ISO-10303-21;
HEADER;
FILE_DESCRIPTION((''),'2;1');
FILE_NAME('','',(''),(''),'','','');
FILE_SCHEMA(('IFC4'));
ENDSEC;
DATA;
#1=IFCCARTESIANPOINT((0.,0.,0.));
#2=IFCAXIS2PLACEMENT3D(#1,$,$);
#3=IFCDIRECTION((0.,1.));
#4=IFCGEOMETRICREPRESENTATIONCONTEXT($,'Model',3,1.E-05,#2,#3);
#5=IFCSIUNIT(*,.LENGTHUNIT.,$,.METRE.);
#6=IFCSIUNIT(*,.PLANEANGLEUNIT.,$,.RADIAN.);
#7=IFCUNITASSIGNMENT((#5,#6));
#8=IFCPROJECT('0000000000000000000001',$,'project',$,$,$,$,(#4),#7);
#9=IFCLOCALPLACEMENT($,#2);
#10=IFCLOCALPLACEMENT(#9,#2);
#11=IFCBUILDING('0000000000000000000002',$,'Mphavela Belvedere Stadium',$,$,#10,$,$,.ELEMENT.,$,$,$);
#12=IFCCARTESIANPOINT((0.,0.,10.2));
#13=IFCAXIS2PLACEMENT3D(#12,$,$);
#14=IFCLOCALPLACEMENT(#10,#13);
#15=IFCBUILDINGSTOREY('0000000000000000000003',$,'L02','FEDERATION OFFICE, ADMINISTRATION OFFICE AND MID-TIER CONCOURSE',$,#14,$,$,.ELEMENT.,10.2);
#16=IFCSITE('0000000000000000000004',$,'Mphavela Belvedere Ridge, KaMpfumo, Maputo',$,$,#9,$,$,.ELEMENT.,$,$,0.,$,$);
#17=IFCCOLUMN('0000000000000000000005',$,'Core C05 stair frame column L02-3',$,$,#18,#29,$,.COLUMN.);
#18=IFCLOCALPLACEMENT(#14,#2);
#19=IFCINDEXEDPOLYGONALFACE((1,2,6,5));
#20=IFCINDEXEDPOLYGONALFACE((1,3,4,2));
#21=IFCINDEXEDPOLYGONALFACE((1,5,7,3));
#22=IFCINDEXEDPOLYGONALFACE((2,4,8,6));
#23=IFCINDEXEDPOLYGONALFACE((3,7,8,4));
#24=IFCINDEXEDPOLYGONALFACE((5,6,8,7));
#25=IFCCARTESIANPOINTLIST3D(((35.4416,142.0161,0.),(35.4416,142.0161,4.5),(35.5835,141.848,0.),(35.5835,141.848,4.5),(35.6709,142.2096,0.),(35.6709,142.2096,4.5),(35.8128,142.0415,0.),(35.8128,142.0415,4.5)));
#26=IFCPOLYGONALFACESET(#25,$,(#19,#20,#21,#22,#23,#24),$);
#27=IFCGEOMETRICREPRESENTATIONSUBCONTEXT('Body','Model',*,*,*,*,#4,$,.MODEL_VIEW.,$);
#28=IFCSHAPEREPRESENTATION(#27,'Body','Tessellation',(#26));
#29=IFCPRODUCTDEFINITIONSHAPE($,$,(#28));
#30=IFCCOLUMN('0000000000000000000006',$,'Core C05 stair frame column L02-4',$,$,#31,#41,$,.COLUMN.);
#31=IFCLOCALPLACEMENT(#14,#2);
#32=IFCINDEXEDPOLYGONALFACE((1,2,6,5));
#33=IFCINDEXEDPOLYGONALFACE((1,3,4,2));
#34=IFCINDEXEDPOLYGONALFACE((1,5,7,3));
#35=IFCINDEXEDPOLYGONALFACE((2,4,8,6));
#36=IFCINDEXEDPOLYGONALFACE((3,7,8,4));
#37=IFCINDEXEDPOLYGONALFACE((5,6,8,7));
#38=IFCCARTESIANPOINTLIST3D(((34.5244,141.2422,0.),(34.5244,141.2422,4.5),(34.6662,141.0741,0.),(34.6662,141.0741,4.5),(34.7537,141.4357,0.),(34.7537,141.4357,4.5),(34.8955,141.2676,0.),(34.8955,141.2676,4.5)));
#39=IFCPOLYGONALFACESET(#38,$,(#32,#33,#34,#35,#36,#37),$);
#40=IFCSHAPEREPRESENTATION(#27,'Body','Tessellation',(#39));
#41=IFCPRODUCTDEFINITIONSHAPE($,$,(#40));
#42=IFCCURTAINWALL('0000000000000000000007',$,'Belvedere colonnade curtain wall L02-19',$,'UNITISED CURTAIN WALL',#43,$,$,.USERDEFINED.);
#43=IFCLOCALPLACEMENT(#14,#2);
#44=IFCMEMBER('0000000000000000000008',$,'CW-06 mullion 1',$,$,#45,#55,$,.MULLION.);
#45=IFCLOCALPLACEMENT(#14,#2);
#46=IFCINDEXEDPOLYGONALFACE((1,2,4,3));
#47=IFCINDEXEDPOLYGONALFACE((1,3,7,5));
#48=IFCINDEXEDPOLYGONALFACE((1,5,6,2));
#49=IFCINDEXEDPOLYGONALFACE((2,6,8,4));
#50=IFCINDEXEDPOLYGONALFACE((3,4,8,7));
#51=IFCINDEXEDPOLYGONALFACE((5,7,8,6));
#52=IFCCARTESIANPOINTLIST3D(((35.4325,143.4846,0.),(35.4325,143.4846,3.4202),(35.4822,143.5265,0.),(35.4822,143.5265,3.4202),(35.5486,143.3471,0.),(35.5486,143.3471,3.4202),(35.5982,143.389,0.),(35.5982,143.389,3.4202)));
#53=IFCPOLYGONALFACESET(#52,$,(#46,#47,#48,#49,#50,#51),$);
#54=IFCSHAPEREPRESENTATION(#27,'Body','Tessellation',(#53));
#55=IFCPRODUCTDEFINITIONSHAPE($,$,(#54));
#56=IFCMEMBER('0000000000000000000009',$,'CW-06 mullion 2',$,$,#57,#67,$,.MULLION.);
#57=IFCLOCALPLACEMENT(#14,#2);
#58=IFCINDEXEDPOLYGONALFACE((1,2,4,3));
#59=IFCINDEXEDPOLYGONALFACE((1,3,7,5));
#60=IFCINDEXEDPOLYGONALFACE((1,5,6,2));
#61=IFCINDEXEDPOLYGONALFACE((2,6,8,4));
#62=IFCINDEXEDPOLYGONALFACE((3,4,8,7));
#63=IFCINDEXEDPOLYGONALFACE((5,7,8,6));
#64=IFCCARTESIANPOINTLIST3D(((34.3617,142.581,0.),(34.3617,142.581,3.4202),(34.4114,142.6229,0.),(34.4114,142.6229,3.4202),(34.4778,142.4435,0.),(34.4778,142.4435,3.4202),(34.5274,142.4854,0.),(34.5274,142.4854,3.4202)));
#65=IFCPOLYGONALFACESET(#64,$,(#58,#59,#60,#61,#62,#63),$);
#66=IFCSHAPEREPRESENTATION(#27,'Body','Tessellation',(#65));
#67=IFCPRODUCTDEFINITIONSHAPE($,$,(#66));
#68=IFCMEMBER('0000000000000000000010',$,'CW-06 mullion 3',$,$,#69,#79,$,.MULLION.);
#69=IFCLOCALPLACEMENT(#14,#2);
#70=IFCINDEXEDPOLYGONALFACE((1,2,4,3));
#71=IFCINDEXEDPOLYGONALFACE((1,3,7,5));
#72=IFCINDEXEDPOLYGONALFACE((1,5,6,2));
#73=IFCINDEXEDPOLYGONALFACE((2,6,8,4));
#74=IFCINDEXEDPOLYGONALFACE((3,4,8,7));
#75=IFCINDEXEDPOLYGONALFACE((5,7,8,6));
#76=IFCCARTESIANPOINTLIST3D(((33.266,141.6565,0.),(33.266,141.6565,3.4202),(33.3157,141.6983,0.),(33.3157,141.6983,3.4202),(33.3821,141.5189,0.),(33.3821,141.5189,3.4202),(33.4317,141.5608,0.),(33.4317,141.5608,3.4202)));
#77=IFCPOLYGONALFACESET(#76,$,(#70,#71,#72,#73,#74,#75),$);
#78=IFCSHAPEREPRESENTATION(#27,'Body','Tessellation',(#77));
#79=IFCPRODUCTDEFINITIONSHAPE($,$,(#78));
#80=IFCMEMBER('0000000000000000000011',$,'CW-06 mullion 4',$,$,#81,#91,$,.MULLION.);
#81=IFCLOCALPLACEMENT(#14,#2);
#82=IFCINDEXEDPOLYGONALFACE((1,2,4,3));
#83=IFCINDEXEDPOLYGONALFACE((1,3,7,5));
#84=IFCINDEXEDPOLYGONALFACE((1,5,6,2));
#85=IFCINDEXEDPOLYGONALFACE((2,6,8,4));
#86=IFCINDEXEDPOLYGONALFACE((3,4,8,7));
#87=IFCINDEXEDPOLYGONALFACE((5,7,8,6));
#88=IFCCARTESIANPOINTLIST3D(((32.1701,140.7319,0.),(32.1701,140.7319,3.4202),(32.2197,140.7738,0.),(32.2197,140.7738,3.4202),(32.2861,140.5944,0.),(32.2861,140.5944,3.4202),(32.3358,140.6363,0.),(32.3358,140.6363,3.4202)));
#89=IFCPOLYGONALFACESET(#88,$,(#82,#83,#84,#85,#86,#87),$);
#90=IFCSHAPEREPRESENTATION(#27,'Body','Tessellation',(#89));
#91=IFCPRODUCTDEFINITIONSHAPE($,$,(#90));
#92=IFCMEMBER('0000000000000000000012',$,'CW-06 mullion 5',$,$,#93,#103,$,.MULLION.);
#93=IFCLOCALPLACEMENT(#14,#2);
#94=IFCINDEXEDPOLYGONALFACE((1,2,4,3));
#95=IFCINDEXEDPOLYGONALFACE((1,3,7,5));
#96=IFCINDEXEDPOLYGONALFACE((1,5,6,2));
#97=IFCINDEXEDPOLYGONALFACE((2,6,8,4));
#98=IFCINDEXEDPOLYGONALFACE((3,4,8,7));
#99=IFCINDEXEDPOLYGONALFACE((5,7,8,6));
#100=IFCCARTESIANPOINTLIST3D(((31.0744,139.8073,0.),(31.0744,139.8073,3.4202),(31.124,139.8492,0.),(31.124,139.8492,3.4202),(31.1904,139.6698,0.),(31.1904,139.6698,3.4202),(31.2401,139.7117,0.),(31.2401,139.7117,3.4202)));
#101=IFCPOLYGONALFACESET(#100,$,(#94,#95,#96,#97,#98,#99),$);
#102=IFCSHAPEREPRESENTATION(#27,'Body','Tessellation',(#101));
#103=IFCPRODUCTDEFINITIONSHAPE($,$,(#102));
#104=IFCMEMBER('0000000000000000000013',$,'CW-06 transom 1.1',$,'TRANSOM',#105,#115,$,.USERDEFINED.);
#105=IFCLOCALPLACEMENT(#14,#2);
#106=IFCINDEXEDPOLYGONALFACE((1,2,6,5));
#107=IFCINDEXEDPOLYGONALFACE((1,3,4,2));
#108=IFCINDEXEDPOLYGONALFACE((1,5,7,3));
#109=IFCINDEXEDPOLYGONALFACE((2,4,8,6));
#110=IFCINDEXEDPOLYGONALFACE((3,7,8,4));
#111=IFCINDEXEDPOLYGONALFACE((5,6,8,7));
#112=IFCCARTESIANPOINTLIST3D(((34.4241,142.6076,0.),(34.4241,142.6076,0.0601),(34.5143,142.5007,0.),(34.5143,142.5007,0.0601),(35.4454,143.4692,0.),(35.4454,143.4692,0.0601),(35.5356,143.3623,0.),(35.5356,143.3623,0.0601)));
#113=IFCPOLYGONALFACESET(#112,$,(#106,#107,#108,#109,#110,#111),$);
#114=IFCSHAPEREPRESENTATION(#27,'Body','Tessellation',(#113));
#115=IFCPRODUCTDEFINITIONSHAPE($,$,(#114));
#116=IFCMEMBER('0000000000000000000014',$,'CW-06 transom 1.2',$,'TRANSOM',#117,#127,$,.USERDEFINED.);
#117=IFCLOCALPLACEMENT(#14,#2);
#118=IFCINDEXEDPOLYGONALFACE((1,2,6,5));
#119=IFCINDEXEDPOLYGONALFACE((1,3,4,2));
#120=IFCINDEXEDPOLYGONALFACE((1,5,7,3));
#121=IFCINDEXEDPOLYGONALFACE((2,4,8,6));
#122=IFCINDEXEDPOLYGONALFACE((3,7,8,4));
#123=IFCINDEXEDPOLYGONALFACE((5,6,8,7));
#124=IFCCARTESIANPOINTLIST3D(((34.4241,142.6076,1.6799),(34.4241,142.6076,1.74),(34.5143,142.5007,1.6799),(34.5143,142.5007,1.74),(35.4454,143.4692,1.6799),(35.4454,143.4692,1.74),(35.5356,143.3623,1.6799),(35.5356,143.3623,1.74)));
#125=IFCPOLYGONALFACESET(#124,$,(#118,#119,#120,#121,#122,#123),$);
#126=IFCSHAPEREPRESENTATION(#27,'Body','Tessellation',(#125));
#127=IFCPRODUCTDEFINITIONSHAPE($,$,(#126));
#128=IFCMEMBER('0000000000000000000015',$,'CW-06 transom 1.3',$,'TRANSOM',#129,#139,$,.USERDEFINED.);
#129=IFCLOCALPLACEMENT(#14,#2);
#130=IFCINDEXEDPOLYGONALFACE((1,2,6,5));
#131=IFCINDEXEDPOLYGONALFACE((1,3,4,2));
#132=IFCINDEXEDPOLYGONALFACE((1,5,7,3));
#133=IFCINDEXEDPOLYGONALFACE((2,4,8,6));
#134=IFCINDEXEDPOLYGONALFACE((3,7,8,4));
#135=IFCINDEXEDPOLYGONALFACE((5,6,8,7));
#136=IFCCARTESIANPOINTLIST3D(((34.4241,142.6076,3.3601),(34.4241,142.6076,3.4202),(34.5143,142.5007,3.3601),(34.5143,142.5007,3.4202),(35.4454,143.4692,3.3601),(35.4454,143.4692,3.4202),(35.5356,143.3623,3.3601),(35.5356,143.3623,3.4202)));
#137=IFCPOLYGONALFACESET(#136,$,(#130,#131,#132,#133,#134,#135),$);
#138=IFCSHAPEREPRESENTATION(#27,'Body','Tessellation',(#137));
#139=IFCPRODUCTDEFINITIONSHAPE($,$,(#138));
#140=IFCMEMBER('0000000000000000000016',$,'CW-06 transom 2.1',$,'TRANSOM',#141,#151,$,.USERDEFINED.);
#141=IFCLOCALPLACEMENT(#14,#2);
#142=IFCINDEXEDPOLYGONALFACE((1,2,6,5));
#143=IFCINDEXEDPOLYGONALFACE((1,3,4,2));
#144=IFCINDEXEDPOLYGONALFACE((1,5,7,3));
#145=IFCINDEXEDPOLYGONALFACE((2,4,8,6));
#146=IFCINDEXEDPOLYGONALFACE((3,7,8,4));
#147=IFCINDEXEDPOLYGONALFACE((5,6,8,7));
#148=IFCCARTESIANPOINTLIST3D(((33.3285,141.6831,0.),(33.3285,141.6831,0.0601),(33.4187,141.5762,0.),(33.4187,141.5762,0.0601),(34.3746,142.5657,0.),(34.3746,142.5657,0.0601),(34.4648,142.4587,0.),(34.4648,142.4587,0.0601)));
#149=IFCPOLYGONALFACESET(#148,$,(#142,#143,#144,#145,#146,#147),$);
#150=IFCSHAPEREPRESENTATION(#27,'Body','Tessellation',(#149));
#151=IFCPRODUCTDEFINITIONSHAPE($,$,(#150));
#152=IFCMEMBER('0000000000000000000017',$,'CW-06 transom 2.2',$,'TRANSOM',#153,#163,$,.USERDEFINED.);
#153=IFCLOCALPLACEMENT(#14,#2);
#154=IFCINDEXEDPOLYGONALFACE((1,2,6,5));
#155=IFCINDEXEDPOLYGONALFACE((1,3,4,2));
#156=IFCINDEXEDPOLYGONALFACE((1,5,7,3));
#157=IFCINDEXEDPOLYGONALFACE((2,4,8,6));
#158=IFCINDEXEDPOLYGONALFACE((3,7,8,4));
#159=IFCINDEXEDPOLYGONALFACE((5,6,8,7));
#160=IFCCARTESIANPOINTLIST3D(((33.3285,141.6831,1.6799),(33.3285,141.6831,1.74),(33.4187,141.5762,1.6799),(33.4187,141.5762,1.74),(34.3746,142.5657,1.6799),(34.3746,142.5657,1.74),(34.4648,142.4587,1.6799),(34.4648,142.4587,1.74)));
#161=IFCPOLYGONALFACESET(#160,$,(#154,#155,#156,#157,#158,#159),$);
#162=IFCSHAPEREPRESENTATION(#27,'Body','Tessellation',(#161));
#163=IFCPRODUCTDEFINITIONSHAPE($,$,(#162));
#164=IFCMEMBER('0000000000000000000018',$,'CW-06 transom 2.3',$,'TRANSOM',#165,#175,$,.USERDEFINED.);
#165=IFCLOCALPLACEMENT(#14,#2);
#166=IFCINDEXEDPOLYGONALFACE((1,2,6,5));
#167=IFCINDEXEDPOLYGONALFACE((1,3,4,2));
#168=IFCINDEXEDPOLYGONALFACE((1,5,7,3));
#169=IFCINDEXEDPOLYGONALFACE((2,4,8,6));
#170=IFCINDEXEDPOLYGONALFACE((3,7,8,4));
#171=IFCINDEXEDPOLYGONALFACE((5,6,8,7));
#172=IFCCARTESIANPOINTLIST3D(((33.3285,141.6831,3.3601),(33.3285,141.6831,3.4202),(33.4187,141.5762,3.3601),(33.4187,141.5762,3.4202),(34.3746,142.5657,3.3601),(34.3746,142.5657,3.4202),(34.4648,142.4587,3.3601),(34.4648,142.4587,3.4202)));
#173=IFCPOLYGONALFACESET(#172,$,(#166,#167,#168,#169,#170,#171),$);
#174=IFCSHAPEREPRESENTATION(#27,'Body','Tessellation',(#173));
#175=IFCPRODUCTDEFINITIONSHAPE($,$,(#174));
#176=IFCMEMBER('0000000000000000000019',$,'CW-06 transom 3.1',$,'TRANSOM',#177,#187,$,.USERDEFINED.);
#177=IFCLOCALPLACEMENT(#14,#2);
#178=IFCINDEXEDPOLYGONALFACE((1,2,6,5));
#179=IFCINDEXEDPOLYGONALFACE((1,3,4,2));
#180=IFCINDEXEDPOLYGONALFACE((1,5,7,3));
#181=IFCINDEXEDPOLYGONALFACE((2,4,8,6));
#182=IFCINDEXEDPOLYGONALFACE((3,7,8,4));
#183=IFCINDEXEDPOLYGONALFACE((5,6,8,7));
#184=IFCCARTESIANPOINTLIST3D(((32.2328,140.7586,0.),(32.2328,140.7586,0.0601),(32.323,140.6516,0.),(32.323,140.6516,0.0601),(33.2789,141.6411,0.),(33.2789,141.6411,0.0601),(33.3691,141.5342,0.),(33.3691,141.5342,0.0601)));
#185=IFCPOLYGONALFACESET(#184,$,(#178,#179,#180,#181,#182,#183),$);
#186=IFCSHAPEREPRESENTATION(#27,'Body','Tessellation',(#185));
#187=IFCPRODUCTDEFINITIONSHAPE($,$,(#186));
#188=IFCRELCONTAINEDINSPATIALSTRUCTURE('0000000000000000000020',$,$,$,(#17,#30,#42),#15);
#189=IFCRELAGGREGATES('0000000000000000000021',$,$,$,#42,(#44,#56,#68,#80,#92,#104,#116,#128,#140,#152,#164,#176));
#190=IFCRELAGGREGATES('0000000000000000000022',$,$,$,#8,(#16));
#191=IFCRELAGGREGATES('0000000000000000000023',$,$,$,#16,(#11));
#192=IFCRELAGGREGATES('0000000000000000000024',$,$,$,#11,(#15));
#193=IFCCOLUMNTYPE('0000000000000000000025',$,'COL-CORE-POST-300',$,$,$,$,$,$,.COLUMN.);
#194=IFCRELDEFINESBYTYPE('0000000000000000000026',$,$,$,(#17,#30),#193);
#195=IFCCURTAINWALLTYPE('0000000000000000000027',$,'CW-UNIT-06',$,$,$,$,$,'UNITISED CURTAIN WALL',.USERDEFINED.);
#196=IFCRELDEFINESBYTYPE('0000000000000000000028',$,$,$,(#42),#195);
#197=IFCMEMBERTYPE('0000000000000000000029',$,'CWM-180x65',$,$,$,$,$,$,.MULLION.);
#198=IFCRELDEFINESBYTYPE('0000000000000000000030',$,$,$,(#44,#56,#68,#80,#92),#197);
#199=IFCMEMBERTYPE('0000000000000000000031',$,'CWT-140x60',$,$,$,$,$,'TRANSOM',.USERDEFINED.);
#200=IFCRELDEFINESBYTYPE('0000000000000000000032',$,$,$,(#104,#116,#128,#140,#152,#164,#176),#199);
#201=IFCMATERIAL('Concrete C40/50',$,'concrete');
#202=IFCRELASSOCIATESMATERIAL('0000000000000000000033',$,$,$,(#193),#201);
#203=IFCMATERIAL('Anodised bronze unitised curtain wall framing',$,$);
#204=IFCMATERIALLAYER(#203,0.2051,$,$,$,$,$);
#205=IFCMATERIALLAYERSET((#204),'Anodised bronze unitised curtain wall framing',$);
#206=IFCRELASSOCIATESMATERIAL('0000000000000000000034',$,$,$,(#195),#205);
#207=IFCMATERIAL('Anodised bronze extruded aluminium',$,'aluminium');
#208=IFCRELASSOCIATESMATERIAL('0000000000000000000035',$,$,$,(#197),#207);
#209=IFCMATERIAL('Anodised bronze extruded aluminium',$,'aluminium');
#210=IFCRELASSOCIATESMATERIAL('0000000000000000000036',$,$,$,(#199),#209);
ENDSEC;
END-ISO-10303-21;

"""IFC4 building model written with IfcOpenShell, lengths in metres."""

from ifc_helpers import new_model, si_unit, direction, frame, origin, origin_2d, place, context, subcontext, project, spatial, rectangle, extrude, material, layer, layer_set, material_profile, profile_set, type_object, element, aggregate, save


model = new_model("IFC4")

# Units and contexts
model_context = context("Model", 3, precision=1e-05, world=origin(), true_north=direction((0.0, 1.0)))
body_context = subcontext(model_context, "Body", "Model", "MODEL_VIEW")
ifc_project = project(units=[si_unit("LENGTHUNIT", "METRE"), si_unit("PLANEANGLEUNIT", "RADIAN")], contexts=[model_context])

# Site, building, storey
site_placement = place(None, origin())
site = spatial("IfcSite", under=ifc_project, at=site_placement, Name="Mphavela Belvedere Ridge, KaMpfumo, Maputo", CompositionType="ELEMENT", RefElevation=0.0)
building_placement = place(site_placement, origin())
building = spatial("IfcBuilding", under=site, at=building_placement, Name="Mphavela Belvedere Stadium", CompositionType="ELEMENT")
storey_placement = place(building_placement, frame((0.0, 0.0, 10.2)))
storey = spatial("IfcBuildingStorey", under=building, at=storey_placement, Name="L02", Description="FEDERATION OFFICE, ADMINISTRATION OFFICE AND MID-TIER CONCOURSE", CompositionType="ELEMENT", Elevation=10.2)

# Columns
ifc_material_1 = material(Name="Concrete C40/50", Category="concrete")
ifc_material_profile_1 = material_profile(ifc_material_1, rectangle(XDim=0.3, YDim=0.22, at=origin_2d()), Name="RC 300x220")
ifc_profile_set_1 = profile_set([ifc_material_profile_1], Name="Concrete C40/50")
column_type = type_object("IfcColumnType", Name="COL-CORE-POST-300", PredefinedType="COLUMN", material=ifc_profile_set_1)
for number, where, z_axis, x_axis, name in (
    (1, (35.6272, 142.0288, 0.0), (0.0, 0.0, 1.0), (0.764246, 0.644924, 0.0), "Core C05 stair frame column L02-3"),
    (2, (34.71, 141.2549, 0.0), (0.0, 0.0, 1.0), (0.764246, 0.644924, 0.0), "Core C05 stair frame column L02-4"),
):
    element("IfcColumn", number, at=place(storey_placement, frame(where, z_axis=z_axis, x_axis=x_axis)), inside=storey, type_object=column_type, Name=name, PredefinedType="COLUMN", context=body_context, shape_type="SweptSolid", body=[
        extrude(rectangle(XDim=0.3, YDim=0.22, at=origin_2d()), origin(), (0.0, 0.0, 1.0), 4.5),
    ])

# Curtain wall, members
ifc_material_2 = material(Name="Anodised bronze unitised curtain wall framing")
ifc_layer_1 = layer(ifc_material_2, 0.2051)
ifc_layer_set_1 = layer_set([ifc_layer_1], Name="Anodised bronze unitised curtain wall framing")
curtain_wall_type = type_object("IfcCurtainWallType", Name="CW-UNIT-06", ElementType="UNITISED CURTAIN WALL", PredefinedType="USERDEFINED", material=ifc_layer_set_1)
curtain_wall_placement = place(storey_placement, origin())
curtain_wall = element("IfcCurtainWall", 3, at=curtain_wall_placement, inside=storey, type_object=curtain_wall_type, Name="Belvedere colonnade curtain wall L02-19", ObjectType="UNITISED CURTAIN WALL", PredefinedType="USERDEFINED")
ifc_material_3 = material(Name="Anodised bronze extruded aluminium", Category="aluminium")
ifc_material_profile_2 = material_profile(ifc_material_3, rectangle(XDim=0.1799, YDim=0.0649, at=origin_2d()), Name="CW-MUL 180x65")
ifc_profile_set_2 = profile_set([ifc_material_profile_2], Name="Anodised bronze extruded aluminium")
member_type_1 = type_object("IfcMemberType", Name="CWM-180x65", PredefinedType="MULLION", material=ifc_profile_set_2)
member_1_placement = place(storey_placement, frame((35.5154, 143.4368, 0.0), z_axis=(0.0, 0.0, 1.0), x_axis=(0.644907, -0.764261, 0.0)))
member_1 = element("IfcMember", 4, at=member_1_placement, type_object=member_type_1, Name="CW-06 mullion 1", PredefinedType="MULLION", context=body_context, shape_type="SweptSolid", body=[
    extrude(rectangle(XDim=0.1799, YDim=0.0649, at=origin_2d()), origin(), (0.0, 0.0, 1.0), 3.4202),
])
member_2_placement = place(storey_placement, frame((34.4446, 142.5332, 0.0), z_axis=(0.0, 0.0, 1.0), x_axis=(0.644907, -0.764261, 0.0)))
member_2 = element("IfcMember", 5, at=member_2_placement, type_object=member_type_1, Name="CW-06 mullion 2", PredefinedType="MULLION", context=body_context, shape_type="SweptSolid", body=[
    extrude(rectangle(XDim=0.1799, YDim=0.0649, at=origin_2d()), origin(), (0.0, 0.0, 1.0), 3.4202),
])
member_3_placement = place(storey_placement, frame((33.3489, 141.6086, 0.0), z_axis=(0.0, 0.0, 1.0), x_axis=(0.644907, -0.764261, 0.0)))
member_3 = element("IfcMember", 6, at=member_3_placement, type_object=member_type_1, Name="CW-06 mullion 3", PredefinedType="MULLION", context=body_context, shape_type="SweptSolid", body=[
    extrude(rectangle(XDim=0.1799, YDim=0.0649, at=origin_2d()), origin(), (0.0, 0.0, 1.0), 3.4202),
])
member_4_placement = place(storey_placement, frame((32.2529, 140.6841, 0.0), z_axis=(0.0, 0.0, 1.0), x_axis=(0.644907, -0.764261, 0.0)))
member_4 = element("IfcMember", 7, at=member_4_placement, type_object=member_type_1, Name="CW-06 mullion 4", PredefinedType="MULLION", context=body_context, shape_type="SweptSolid", body=[
    extrude(rectangle(XDim=0.1799, YDim=0.0649, at=origin_2d()), origin(), (0.0, 0.0, 1.0), 3.4202),
])
member_5_placement = place(storey_placement, frame((31.1572, 139.7595, 0.0), z_axis=(0.0, 0.0, 1.0), x_axis=(0.644907, -0.764261, 0.0)))
member_5 = element("IfcMember", 8, at=member_5_placement, type_object=member_type_1, Name="CW-06 mullion 5", PredefinedType="MULLION", context=body_context, shape_type="SweptSolid", body=[
    extrude(rectangle(XDim=0.1799, YDim=0.0649, at=origin_2d()), origin(), (0.0, 0.0, 1.0), 3.4202),
])
ifc_material_4 = material(Name="Anodised bronze extruded aluminium", Category="aluminium")
ifc_material_profile_3 = material_profile(ifc_material_4, rectangle(XDim=0.1399, YDim=0.0601, at=origin_2d()), Name="CW-TRN 140x60")
ifc_profile_set_3 = profile_set([ifc_material_profile_3], Name="Anodised bronze extruded aluminium")
member_type_2 = type_object("IfcMemberType", Name="CWT-140x60", ElementType="TRANSOM", PredefinedType="USERDEFINED", material=ifc_profile_set_3)
member_6_placement = place(storey_placement, frame((35.4905, 143.4158, 0.03), z_axis=(-0.764328, -0.644828, 0.0), x_axis=(0.644828, -0.764328, 0.0)))
member_6 = element("IfcMember", 9, at=member_6_placement, type_object=member_type_2, Name="CW-06 transom 1.1", ObjectType="TRANSOM", PredefinedType="USERDEFINED", context=body_context, shape_type="SweptSolid", body=[
    extrude(rectangle(XDim=0.1399, YDim=0.0601, at=origin_2d()), origin(), (0.0, 0.0, 1.0), 1.3362),
])
member_7_placement = place(storey_placement, frame((35.4905, 143.4158, 1.71), z_axis=(-0.764328, -0.644828, 0.0), x_axis=(0.644828, -0.764328, 0.0)))
member_7 = element("IfcMember", 10, at=member_7_placement, type_object=member_type_2, Name="CW-06 transom 1.2", ObjectType="TRANSOM", PredefinedType="USERDEFINED", context=body_context, shape_type="SweptSolid", body=[
    extrude(rectangle(XDim=0.1399, YDim=0.0601, at=origin_2d()), origin(), (0.0, 0.0, 1.0), 1.3362),
])
member_8_placement = place(storey_placement, frame((35.4905, 143.4158, 3.3901), z_axis=(-0.764328, -0.644828, 0.0), x_axis=(0.644828, -0.764328, 0.0)))
member_8 = element("IfcMember", 11, at=member_8_placement, type_object=member_type_2, Name="CW-06 transom 1.3", ObjectType="TRANSOM", PredefinedType="USERDEFINED", context=body_context, shape_type="SweptSolid", body=[
    extrude(rectangle(XDim=0.1399, YDim=0.0601, at=origin_2d()), origin(), (0.0, 0.0, 1.0), 1.3362),
])
member_9_placement = place(storey_placement, frame((34.4197, 142.5122, 0.03), z_axis=(-0.764333, -0.644822, 0.0), x_axis=(0.644822, -0.764333, 0.0)))
member_9 = element("IfcMember", 12, at=member_9_placement, type_object=member_type_2, Name="CW-06 transom 2.1", ObjectType="TRANSOM", PredefinedType="USERDEFINED", context=body_context, shape_type="SweptSolid", body=[
    extrude(rectangle(XDim=0.1399, YDim=0.0601, at=origin_2d()), origin(), (0.0, 0.0, 1.0), 1.3687),
])
member_10_placement = place(storey_placement, frame((34.4197, 142.5122, 1.71), z_axis=(-0.764333, -0.644822, 0.0), x_axis=(0.644822, -0.764333, 0.0)))
member_10 = element("IfcMember", 13, at=member_10_placement, type_object=member_type_2, Name="CW-06 transom 2.2", ObjectType="TRANSOM", PredefinedType="USERDEFINED", context=body_context, shape_type="SweptSolid", body=[
    extrude(rectangle(XDim=0.1399, YDim=0.0601, at=origin_2d()), origin(), (0.0, 0.0, 1.0), 1.3687),
])
member_11_placement = place(storey_placement, frame((34.4197, 142.5122, 3.3901), z_axis=(-0.764333, -0.644822, 0.0), x_axis=(0.644822, -0.764333, 0.0)))
member_11 = element("IfcMember", 14, at=member_11_placement, type_object=member_type_2, Name="CW-06 transom 2.3", ObjectType="TRANSOM", PredefinedType="USERDEFINED", context=body_context, shape_type="SweptSolid", body=[
    extrude(rectangle(XDim=0.1399, YDim=0.0601, at=origin_2d()), origin(), (0.0, 0.0, 1.0), 1.3687),
])
member_12_placement = place(storey_placement, frame((33.324, 141.5876, 0.03), z_axis=(-0.764333, -0.644822, 0.0), x_axis=(0.644822, -0.764333, 0.0)))
member_12 = element("IfcMember", 15, at=member_12_placement, type_object=member_type_2, Name="CW-06 transom 3.1", ObjectType="TRANSOM", PredefinedType="USERDEFINED", context=body_context, shape_type="SweptSolid", body=[
    extrude(rectangle(XDim=0.1399, YDim=0.0601, at=origin_2d()), origin(), (0.0, 0.0, 1.0), 1.3687),
])
aggregate(curtain_wall, [member_1, member_2, member_3, member_4, member_5, member_6, member_7, member_8, member_9, member_10, member_11, member_12])

save(model, "model.ifc")
